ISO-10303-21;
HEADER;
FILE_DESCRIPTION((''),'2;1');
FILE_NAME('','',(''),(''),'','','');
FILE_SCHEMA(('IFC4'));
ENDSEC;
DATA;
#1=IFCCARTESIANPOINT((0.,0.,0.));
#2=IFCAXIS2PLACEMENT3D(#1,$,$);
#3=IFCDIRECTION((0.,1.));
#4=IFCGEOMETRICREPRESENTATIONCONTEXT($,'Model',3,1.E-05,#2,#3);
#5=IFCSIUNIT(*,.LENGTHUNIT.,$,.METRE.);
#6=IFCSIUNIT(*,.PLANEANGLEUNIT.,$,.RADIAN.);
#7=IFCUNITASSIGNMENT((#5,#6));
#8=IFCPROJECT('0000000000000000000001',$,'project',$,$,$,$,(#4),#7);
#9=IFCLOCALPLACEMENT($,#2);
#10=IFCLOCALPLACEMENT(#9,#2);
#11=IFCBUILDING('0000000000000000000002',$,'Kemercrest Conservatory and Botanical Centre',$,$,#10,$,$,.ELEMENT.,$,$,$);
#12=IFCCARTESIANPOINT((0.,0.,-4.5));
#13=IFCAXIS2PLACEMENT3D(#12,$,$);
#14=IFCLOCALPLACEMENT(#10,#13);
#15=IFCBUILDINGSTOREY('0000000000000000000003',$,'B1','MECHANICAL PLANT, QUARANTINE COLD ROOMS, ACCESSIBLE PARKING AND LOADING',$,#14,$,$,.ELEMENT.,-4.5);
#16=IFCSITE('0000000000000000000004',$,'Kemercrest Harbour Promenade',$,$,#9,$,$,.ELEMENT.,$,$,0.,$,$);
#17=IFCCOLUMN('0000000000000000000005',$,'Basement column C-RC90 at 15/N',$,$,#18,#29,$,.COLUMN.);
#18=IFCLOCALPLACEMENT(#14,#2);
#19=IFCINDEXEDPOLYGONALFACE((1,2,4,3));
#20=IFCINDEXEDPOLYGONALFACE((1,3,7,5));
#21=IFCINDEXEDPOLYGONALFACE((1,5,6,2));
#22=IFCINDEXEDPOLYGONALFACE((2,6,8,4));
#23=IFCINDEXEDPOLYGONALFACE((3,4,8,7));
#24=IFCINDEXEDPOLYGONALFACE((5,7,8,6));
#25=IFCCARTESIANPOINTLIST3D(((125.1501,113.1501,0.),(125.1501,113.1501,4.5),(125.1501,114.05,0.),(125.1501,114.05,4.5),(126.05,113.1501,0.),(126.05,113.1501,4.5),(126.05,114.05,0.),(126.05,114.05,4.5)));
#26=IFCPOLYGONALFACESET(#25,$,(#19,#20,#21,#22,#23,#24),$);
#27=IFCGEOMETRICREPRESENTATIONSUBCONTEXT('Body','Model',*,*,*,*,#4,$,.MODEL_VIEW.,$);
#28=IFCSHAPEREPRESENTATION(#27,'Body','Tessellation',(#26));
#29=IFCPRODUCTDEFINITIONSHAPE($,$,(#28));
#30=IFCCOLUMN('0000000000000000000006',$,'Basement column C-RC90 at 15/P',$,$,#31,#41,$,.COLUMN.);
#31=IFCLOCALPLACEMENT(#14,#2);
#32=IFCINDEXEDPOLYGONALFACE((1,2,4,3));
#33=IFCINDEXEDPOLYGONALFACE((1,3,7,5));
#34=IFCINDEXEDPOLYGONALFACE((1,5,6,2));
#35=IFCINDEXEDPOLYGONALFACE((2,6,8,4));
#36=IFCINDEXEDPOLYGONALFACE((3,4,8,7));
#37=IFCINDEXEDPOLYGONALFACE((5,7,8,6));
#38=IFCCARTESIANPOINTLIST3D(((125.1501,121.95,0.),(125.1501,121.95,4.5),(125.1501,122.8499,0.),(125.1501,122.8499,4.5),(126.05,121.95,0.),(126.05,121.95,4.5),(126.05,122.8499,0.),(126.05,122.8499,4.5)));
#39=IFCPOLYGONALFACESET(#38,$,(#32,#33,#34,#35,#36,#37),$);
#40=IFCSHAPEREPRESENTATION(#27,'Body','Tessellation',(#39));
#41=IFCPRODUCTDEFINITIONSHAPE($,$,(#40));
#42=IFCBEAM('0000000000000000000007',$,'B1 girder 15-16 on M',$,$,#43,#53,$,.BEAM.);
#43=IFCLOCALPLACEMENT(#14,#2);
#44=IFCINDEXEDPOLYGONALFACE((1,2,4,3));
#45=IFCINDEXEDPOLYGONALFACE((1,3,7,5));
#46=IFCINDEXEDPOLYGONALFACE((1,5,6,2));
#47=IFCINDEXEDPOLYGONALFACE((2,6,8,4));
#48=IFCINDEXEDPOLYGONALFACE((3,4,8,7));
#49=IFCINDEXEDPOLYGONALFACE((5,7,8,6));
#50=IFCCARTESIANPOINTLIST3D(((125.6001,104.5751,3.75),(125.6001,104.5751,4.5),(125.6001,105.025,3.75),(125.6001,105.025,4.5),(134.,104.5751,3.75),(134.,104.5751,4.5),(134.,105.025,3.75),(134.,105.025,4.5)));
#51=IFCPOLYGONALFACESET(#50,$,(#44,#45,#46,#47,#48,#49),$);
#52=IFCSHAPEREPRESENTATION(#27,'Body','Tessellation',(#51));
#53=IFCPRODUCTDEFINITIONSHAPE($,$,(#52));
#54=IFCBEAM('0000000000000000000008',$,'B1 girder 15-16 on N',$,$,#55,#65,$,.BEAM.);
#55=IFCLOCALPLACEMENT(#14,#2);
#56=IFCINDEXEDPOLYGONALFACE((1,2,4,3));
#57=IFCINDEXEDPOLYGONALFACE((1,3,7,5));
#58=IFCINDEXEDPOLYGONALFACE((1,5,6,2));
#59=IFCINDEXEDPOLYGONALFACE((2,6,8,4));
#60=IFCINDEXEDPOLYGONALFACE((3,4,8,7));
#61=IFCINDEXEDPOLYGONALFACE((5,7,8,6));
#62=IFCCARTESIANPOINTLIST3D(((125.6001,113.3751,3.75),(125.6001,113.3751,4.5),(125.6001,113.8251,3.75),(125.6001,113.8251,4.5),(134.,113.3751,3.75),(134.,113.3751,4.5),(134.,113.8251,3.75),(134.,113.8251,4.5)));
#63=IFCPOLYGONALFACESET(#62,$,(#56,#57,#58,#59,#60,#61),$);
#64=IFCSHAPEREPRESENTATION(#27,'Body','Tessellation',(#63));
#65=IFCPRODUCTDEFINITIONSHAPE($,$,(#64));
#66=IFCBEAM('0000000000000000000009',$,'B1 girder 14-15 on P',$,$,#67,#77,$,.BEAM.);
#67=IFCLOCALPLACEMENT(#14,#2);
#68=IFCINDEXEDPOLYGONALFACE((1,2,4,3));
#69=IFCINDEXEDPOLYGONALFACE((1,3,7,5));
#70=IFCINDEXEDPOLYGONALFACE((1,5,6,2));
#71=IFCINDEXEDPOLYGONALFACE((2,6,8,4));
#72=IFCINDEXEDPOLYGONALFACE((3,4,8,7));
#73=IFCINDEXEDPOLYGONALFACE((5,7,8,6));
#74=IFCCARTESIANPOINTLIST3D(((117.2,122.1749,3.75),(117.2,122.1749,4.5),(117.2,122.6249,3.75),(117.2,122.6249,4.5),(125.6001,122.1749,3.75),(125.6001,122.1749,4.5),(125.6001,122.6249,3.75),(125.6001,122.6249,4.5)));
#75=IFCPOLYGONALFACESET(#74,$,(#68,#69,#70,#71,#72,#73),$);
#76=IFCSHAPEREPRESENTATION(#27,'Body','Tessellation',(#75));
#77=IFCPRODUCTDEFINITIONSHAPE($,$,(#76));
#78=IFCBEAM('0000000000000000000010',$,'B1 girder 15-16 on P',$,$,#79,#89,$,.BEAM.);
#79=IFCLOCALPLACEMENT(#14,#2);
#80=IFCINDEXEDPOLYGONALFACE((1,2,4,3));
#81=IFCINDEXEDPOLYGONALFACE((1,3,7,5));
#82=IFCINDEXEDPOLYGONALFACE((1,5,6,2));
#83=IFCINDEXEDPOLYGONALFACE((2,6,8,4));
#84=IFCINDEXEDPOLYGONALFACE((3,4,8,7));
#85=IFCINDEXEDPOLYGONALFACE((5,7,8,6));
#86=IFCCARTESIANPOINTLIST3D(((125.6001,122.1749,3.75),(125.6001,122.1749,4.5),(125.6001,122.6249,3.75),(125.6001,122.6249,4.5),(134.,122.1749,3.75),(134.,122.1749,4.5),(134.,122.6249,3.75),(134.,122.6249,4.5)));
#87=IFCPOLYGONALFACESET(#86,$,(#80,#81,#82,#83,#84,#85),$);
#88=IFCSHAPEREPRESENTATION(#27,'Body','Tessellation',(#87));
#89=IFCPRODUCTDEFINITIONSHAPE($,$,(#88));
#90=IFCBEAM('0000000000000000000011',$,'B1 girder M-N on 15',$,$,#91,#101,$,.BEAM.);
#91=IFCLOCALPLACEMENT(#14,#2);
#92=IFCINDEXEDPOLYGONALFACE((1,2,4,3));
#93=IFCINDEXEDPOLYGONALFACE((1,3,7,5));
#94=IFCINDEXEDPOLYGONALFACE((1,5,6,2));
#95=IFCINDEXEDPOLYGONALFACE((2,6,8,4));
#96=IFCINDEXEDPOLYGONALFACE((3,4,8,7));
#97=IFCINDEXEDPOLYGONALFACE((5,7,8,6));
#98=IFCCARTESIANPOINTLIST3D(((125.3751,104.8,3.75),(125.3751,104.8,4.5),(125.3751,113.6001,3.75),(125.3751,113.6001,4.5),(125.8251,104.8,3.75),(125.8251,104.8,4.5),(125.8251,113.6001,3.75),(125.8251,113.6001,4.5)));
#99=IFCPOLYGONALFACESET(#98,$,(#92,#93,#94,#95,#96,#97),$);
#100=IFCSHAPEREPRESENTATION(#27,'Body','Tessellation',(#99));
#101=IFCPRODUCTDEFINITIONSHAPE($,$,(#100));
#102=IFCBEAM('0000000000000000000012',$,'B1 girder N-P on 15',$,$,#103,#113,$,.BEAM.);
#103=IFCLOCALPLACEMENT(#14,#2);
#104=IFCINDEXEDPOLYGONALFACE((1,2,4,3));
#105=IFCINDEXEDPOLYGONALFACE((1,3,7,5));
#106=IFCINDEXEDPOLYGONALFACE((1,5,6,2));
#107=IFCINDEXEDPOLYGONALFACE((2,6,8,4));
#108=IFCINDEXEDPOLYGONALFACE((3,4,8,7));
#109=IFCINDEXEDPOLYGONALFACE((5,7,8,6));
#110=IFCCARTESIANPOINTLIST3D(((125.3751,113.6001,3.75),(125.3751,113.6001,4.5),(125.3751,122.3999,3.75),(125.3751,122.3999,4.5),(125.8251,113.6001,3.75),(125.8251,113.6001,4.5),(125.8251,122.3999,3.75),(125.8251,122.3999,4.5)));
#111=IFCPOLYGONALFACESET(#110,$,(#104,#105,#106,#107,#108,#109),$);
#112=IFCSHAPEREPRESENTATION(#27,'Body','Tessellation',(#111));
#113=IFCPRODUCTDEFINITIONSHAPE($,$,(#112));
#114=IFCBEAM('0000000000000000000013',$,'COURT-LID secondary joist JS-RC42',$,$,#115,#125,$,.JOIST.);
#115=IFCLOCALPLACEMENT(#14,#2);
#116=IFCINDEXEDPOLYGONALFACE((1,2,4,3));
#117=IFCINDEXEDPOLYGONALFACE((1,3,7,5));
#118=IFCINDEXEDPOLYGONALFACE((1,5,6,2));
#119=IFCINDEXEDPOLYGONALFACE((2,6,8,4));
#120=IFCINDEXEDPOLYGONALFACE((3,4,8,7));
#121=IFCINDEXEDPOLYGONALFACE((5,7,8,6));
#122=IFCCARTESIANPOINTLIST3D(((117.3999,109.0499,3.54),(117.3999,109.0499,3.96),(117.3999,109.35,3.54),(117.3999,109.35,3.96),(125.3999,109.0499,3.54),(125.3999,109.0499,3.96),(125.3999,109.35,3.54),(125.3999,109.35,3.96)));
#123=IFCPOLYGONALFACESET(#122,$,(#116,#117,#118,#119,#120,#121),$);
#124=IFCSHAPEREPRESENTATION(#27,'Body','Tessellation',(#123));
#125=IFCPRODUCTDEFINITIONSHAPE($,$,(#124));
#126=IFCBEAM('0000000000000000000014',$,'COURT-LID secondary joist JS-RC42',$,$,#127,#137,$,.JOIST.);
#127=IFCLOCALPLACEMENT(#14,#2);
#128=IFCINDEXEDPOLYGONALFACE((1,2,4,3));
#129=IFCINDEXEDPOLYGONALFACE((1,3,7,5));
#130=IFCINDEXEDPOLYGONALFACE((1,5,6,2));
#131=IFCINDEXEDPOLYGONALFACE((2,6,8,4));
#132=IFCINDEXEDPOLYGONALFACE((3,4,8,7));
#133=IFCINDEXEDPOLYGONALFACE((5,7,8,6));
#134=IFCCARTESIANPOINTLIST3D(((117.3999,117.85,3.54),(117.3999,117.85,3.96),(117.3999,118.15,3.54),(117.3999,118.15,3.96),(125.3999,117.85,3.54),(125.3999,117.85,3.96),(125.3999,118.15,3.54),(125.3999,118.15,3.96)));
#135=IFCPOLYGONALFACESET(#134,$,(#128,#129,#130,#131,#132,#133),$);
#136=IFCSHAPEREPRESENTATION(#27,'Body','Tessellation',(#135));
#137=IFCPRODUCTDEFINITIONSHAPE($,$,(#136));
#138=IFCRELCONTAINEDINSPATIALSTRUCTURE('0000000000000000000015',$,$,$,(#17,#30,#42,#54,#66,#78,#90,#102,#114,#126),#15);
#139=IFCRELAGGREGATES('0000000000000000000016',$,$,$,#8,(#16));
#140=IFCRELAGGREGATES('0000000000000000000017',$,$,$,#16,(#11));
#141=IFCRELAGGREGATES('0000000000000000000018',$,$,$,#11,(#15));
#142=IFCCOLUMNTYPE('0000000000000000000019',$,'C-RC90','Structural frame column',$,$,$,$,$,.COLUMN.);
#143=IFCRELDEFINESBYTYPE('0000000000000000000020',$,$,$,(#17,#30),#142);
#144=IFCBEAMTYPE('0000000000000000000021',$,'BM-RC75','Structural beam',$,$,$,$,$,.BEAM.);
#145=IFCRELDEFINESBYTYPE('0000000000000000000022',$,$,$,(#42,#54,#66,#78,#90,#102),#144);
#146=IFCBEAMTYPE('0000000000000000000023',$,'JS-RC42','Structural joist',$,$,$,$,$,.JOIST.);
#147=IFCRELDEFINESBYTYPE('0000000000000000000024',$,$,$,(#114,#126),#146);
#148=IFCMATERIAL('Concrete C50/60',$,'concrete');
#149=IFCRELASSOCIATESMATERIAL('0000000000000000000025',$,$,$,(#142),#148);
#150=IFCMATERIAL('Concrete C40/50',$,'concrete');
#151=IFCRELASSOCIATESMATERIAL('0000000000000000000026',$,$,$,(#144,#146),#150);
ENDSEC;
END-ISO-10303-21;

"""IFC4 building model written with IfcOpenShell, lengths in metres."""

from ifc_helpers import new_model, si_unit, direction, frame, origin, origin_2d, place, context, subcontext, project, spatial, rectangle, extrude, material, material_profile, profile_set, type_object, element, save


model = new_model("IFC4")

# Units and contexts
model_context = context("Model", 3, precision=1e-05, world=origin(), true_north=direction((0.0, 1.0)))
body_context = subcontext(model_context, "Body", "Model", "MODEL_VIEW")
ifc_project = project(units=[si_unit("LENGTHUNIT", "METRE"), si_unit("PLANEANGLEUNIT", "RADIAN")], contexts=[model_context])

# Site, building, storey
site_placement = place(None, origin())
site = spatial("IfcSite", under=ifc_project, at=site_placement, Name="Kemercrest Harbour Promenade", CompositionType="ELEMENT", RefElevation=0.0)
building_placement = place(site_placement, origin())
building = spatial("IfcBuilding", under=site, at=building_placement, Name="Kemercrest Conservatory and Botanical Centre", CompositionType="ELEMENT")
storey_placement = place(building_placement, frame((0.0, 0.0, -4.5)))
storey = spatial("IfcBuildingStorey", under=building, at=storey_placement, Name="B1", Description="MECHANICAL PLANT, QUARANTINE COLD ROOMS, ACCESSIBLE PARKING AND LOADING", CompositionType="ELEMENT", Elevation=-4.5)

# Shared definitions
ifc_material_1 = material(Name="Concrete C40/50", Category="concrete")

# Columns
ifc_material_2 = material(Name="Concrete C50/60", Category="concrete")
ifc_material_profile_1 = material_profile(ifc_material_2, rectangle(XDim=0.8999, YDim=0.8999, at=origin_2d()), Name="RC 900x900")
ifc_profile_set_1 = profile_set([ifc_material_profile_1], Name="Concrete C50/60")
column_type_1 = type_object("IfcColumnType", Name="C-RC90", Description="Structural frame column", PredefinedType="COLUMN", material=ifc_profile_set_1)
for number, where, z_axis, x_axis, name in (
    (1, (125.6001, 113.6001, 0.0), (0.0, 0.0, 1.0), (1.0, 0.0, 0.0), "Basement column C-RC90 at 15/N"),
    (2, (125.6001, 122.3999, 0.0), (0.0, 0.0, 1.0), (1.0, 0.0, 0.0), "Basement column C-RC90 at 15/P"),
):
    element("IfcColumn", number, at=place(storey_placement, frame(where, z_axis=z_axis, x_axis=x_axis)), inside=storey, type_object=column_type_1, Name=name, PredefinedType="COLUMN", context=body_context, shape_type="SweptSolid", body=[
        extrude(rectangle(XDim=0.8999, YDim=0.8999, at=origin_2d()), origin(), (0.0, 0.0, 1.0), 4.5),
    ])

# Beams
ifc_material_profile_2 = material_profile(ifc_material_1, rectangle(XDim=0.45, YDim=0.75, at=origin_2d()), Name="RC 450x750")
ifc_profile_set_2 = profile_set([ifc_material_profile_2], Name="Concrete C40/50")
beam_type_1 = type_object("IfcBeamType", Name="BM-RC75", Description="Structural beam", PredefinedType="BEAM", material=ifc_profile_set_2)
for number, where, z_axis, x_axis, name in (
    (3, (125.6001, 104.8, 4.125), (1.0, 0.0, 0.0), (0.0, 1.0, 0.0), "B1 girder 15-16 on M"),
    (4, (125.6001, 113.6001, 4.125), (1.0, 0.0, 0.0), (0.0, 1.0, 0.0), "B1 girder 15-16 on N"),
):
    element("IfcBeam", number, at=place(storey_placement, frame(where, z_axis=z_axis, x_axis=x_axis)), inside=storey, type_object=beam_type_1, Name=name, PredefinedType="BEAM", context=body_context, shape_type="SweptSolid", body=[
        extrude(rectangle(XDim=0.45, YDim=0.75, at=origin_2d()), origin(), (0.0, 0.0, 1.0), 8.3999),
    ])
beam_1_placement = place(storey_placement, frame((117.2, 122.3999, 4.125), z_axis=(1.0, 0.0, 0.0), x_axis=(0.0, 1.0, 0.0)))
element("IfcBeam", 5, at=beam_1_placement, inside=storey, type_object=beam_type_1, Name="B1 girder 14-15 on P", PredefinedType="BEAM", context=body_context, shape_type="SweptSolid", body=[
    extrude(rectangle(XDim=0.45, YDim=0.75, at=origin_2d()), origin(), (0.0, 0.0, 1.0), 8.4001),
])
beam_2_placement = place(storey_placement, frame((125.6001, 122.3999, 4.125), z_axis=(1.0, 0.0, 0.0), x_axis=(0.0, 1.0, 0.0)))
element("IfcBeam", 6, at=beam_2_placement, inside=storey, type_object=beam_type_1, Name="B1 girder 15-16 on P", PredefinedType="BEAM", context=body_context, shape_type="SweptSolid", body=[
    extrude(rectangle(XDim=0.45, YDim=0.75, at=origin_2d()), origin(), (0.0, 0.0, 1.0), 8.3999),
])
beam_3_placement = place(storey_placement, frame((125.6001, 104.8, 4.125), z_axis=(0.0, 1.0, 0.0), x_axis=(-1.0, 0.0, 0.0)))
element("IfcBeam", 7, at=beam_3_placement, inside=storey, type_object=beam_type_1, Name="B1 girder M-N on 15", PredefinedType="BEAM", context=body_context, shape_type="SweptSolid", body=[
    extrude(rectangle(XDim=0.45, YDim=0.75, at=origin_2d()), origin(), (0.0, 0.0, 1.0), 8.8),
])
beam_4_placement = place(storey_placement, frame((125.6001, 113.6001, 4.125), z_axis=(0.0, 1.0, 0.0), x_axis=(-1.0, 0.0, 0.0)))
element("IfcBeam", 8, at=beam_4_placement, inside=storey, type_object=beam_type_1, Name="B1 girder N-P on 15", PredefinedType="BEAM", context=body_context, shape_type="SweptSolid", body=[
    extrude(rectangle(XDim=0.45, YDim=0.75, at=origin_2d()), origin(), (0.0, 0.0, 1.0), 8.7998),
])
ifc_material_profile_3 = material_profile(ifc_material_1, rectangle(XDim=0.3, YDim=0.4199, at=origin_2d()), Name="RC 300x420")
ifc_profile_set_3 = profile_set([ifc_material_profile_3], Name="Concrete C40/50")
beam_type_2 = type_object("IfcBeamType", Name="JS-RC42", Description="Structural joist", PredefinedType="JOIST", material=ifc_profile_set_3)
for number, where, z_axis, x_axis, name in (
    (9, (117.3999, 109.2, 3.75), (1.0, 0.0, 0.0), (0.0, 1.0, 0.0), "COURT-LID secondary joist JS-RC42"),
    (10, (117.3999, 118.0, 3.75), (1.0, 0.0, 0.0), (0.0, 1.0, 0.0), "COURT-LID secondary joist JS-RC42"),
):
    element("IfcBeam", number, at=place(storey_placement, frame(where, z_axis=z_axis, x_axis=x_axis)), inside=storey, type_object=beam_type_2, Name=name, PredefinedType="JOIST", context=body_context, shape_type="SweptSolid", body=[
        extrude(rectangle(XDim=0.3, YDim=0.4199, at=origin_2d()), origin(), (0.0, 0.0, 1.0), 8.0),
    ])

save(model, "model.ifc")
